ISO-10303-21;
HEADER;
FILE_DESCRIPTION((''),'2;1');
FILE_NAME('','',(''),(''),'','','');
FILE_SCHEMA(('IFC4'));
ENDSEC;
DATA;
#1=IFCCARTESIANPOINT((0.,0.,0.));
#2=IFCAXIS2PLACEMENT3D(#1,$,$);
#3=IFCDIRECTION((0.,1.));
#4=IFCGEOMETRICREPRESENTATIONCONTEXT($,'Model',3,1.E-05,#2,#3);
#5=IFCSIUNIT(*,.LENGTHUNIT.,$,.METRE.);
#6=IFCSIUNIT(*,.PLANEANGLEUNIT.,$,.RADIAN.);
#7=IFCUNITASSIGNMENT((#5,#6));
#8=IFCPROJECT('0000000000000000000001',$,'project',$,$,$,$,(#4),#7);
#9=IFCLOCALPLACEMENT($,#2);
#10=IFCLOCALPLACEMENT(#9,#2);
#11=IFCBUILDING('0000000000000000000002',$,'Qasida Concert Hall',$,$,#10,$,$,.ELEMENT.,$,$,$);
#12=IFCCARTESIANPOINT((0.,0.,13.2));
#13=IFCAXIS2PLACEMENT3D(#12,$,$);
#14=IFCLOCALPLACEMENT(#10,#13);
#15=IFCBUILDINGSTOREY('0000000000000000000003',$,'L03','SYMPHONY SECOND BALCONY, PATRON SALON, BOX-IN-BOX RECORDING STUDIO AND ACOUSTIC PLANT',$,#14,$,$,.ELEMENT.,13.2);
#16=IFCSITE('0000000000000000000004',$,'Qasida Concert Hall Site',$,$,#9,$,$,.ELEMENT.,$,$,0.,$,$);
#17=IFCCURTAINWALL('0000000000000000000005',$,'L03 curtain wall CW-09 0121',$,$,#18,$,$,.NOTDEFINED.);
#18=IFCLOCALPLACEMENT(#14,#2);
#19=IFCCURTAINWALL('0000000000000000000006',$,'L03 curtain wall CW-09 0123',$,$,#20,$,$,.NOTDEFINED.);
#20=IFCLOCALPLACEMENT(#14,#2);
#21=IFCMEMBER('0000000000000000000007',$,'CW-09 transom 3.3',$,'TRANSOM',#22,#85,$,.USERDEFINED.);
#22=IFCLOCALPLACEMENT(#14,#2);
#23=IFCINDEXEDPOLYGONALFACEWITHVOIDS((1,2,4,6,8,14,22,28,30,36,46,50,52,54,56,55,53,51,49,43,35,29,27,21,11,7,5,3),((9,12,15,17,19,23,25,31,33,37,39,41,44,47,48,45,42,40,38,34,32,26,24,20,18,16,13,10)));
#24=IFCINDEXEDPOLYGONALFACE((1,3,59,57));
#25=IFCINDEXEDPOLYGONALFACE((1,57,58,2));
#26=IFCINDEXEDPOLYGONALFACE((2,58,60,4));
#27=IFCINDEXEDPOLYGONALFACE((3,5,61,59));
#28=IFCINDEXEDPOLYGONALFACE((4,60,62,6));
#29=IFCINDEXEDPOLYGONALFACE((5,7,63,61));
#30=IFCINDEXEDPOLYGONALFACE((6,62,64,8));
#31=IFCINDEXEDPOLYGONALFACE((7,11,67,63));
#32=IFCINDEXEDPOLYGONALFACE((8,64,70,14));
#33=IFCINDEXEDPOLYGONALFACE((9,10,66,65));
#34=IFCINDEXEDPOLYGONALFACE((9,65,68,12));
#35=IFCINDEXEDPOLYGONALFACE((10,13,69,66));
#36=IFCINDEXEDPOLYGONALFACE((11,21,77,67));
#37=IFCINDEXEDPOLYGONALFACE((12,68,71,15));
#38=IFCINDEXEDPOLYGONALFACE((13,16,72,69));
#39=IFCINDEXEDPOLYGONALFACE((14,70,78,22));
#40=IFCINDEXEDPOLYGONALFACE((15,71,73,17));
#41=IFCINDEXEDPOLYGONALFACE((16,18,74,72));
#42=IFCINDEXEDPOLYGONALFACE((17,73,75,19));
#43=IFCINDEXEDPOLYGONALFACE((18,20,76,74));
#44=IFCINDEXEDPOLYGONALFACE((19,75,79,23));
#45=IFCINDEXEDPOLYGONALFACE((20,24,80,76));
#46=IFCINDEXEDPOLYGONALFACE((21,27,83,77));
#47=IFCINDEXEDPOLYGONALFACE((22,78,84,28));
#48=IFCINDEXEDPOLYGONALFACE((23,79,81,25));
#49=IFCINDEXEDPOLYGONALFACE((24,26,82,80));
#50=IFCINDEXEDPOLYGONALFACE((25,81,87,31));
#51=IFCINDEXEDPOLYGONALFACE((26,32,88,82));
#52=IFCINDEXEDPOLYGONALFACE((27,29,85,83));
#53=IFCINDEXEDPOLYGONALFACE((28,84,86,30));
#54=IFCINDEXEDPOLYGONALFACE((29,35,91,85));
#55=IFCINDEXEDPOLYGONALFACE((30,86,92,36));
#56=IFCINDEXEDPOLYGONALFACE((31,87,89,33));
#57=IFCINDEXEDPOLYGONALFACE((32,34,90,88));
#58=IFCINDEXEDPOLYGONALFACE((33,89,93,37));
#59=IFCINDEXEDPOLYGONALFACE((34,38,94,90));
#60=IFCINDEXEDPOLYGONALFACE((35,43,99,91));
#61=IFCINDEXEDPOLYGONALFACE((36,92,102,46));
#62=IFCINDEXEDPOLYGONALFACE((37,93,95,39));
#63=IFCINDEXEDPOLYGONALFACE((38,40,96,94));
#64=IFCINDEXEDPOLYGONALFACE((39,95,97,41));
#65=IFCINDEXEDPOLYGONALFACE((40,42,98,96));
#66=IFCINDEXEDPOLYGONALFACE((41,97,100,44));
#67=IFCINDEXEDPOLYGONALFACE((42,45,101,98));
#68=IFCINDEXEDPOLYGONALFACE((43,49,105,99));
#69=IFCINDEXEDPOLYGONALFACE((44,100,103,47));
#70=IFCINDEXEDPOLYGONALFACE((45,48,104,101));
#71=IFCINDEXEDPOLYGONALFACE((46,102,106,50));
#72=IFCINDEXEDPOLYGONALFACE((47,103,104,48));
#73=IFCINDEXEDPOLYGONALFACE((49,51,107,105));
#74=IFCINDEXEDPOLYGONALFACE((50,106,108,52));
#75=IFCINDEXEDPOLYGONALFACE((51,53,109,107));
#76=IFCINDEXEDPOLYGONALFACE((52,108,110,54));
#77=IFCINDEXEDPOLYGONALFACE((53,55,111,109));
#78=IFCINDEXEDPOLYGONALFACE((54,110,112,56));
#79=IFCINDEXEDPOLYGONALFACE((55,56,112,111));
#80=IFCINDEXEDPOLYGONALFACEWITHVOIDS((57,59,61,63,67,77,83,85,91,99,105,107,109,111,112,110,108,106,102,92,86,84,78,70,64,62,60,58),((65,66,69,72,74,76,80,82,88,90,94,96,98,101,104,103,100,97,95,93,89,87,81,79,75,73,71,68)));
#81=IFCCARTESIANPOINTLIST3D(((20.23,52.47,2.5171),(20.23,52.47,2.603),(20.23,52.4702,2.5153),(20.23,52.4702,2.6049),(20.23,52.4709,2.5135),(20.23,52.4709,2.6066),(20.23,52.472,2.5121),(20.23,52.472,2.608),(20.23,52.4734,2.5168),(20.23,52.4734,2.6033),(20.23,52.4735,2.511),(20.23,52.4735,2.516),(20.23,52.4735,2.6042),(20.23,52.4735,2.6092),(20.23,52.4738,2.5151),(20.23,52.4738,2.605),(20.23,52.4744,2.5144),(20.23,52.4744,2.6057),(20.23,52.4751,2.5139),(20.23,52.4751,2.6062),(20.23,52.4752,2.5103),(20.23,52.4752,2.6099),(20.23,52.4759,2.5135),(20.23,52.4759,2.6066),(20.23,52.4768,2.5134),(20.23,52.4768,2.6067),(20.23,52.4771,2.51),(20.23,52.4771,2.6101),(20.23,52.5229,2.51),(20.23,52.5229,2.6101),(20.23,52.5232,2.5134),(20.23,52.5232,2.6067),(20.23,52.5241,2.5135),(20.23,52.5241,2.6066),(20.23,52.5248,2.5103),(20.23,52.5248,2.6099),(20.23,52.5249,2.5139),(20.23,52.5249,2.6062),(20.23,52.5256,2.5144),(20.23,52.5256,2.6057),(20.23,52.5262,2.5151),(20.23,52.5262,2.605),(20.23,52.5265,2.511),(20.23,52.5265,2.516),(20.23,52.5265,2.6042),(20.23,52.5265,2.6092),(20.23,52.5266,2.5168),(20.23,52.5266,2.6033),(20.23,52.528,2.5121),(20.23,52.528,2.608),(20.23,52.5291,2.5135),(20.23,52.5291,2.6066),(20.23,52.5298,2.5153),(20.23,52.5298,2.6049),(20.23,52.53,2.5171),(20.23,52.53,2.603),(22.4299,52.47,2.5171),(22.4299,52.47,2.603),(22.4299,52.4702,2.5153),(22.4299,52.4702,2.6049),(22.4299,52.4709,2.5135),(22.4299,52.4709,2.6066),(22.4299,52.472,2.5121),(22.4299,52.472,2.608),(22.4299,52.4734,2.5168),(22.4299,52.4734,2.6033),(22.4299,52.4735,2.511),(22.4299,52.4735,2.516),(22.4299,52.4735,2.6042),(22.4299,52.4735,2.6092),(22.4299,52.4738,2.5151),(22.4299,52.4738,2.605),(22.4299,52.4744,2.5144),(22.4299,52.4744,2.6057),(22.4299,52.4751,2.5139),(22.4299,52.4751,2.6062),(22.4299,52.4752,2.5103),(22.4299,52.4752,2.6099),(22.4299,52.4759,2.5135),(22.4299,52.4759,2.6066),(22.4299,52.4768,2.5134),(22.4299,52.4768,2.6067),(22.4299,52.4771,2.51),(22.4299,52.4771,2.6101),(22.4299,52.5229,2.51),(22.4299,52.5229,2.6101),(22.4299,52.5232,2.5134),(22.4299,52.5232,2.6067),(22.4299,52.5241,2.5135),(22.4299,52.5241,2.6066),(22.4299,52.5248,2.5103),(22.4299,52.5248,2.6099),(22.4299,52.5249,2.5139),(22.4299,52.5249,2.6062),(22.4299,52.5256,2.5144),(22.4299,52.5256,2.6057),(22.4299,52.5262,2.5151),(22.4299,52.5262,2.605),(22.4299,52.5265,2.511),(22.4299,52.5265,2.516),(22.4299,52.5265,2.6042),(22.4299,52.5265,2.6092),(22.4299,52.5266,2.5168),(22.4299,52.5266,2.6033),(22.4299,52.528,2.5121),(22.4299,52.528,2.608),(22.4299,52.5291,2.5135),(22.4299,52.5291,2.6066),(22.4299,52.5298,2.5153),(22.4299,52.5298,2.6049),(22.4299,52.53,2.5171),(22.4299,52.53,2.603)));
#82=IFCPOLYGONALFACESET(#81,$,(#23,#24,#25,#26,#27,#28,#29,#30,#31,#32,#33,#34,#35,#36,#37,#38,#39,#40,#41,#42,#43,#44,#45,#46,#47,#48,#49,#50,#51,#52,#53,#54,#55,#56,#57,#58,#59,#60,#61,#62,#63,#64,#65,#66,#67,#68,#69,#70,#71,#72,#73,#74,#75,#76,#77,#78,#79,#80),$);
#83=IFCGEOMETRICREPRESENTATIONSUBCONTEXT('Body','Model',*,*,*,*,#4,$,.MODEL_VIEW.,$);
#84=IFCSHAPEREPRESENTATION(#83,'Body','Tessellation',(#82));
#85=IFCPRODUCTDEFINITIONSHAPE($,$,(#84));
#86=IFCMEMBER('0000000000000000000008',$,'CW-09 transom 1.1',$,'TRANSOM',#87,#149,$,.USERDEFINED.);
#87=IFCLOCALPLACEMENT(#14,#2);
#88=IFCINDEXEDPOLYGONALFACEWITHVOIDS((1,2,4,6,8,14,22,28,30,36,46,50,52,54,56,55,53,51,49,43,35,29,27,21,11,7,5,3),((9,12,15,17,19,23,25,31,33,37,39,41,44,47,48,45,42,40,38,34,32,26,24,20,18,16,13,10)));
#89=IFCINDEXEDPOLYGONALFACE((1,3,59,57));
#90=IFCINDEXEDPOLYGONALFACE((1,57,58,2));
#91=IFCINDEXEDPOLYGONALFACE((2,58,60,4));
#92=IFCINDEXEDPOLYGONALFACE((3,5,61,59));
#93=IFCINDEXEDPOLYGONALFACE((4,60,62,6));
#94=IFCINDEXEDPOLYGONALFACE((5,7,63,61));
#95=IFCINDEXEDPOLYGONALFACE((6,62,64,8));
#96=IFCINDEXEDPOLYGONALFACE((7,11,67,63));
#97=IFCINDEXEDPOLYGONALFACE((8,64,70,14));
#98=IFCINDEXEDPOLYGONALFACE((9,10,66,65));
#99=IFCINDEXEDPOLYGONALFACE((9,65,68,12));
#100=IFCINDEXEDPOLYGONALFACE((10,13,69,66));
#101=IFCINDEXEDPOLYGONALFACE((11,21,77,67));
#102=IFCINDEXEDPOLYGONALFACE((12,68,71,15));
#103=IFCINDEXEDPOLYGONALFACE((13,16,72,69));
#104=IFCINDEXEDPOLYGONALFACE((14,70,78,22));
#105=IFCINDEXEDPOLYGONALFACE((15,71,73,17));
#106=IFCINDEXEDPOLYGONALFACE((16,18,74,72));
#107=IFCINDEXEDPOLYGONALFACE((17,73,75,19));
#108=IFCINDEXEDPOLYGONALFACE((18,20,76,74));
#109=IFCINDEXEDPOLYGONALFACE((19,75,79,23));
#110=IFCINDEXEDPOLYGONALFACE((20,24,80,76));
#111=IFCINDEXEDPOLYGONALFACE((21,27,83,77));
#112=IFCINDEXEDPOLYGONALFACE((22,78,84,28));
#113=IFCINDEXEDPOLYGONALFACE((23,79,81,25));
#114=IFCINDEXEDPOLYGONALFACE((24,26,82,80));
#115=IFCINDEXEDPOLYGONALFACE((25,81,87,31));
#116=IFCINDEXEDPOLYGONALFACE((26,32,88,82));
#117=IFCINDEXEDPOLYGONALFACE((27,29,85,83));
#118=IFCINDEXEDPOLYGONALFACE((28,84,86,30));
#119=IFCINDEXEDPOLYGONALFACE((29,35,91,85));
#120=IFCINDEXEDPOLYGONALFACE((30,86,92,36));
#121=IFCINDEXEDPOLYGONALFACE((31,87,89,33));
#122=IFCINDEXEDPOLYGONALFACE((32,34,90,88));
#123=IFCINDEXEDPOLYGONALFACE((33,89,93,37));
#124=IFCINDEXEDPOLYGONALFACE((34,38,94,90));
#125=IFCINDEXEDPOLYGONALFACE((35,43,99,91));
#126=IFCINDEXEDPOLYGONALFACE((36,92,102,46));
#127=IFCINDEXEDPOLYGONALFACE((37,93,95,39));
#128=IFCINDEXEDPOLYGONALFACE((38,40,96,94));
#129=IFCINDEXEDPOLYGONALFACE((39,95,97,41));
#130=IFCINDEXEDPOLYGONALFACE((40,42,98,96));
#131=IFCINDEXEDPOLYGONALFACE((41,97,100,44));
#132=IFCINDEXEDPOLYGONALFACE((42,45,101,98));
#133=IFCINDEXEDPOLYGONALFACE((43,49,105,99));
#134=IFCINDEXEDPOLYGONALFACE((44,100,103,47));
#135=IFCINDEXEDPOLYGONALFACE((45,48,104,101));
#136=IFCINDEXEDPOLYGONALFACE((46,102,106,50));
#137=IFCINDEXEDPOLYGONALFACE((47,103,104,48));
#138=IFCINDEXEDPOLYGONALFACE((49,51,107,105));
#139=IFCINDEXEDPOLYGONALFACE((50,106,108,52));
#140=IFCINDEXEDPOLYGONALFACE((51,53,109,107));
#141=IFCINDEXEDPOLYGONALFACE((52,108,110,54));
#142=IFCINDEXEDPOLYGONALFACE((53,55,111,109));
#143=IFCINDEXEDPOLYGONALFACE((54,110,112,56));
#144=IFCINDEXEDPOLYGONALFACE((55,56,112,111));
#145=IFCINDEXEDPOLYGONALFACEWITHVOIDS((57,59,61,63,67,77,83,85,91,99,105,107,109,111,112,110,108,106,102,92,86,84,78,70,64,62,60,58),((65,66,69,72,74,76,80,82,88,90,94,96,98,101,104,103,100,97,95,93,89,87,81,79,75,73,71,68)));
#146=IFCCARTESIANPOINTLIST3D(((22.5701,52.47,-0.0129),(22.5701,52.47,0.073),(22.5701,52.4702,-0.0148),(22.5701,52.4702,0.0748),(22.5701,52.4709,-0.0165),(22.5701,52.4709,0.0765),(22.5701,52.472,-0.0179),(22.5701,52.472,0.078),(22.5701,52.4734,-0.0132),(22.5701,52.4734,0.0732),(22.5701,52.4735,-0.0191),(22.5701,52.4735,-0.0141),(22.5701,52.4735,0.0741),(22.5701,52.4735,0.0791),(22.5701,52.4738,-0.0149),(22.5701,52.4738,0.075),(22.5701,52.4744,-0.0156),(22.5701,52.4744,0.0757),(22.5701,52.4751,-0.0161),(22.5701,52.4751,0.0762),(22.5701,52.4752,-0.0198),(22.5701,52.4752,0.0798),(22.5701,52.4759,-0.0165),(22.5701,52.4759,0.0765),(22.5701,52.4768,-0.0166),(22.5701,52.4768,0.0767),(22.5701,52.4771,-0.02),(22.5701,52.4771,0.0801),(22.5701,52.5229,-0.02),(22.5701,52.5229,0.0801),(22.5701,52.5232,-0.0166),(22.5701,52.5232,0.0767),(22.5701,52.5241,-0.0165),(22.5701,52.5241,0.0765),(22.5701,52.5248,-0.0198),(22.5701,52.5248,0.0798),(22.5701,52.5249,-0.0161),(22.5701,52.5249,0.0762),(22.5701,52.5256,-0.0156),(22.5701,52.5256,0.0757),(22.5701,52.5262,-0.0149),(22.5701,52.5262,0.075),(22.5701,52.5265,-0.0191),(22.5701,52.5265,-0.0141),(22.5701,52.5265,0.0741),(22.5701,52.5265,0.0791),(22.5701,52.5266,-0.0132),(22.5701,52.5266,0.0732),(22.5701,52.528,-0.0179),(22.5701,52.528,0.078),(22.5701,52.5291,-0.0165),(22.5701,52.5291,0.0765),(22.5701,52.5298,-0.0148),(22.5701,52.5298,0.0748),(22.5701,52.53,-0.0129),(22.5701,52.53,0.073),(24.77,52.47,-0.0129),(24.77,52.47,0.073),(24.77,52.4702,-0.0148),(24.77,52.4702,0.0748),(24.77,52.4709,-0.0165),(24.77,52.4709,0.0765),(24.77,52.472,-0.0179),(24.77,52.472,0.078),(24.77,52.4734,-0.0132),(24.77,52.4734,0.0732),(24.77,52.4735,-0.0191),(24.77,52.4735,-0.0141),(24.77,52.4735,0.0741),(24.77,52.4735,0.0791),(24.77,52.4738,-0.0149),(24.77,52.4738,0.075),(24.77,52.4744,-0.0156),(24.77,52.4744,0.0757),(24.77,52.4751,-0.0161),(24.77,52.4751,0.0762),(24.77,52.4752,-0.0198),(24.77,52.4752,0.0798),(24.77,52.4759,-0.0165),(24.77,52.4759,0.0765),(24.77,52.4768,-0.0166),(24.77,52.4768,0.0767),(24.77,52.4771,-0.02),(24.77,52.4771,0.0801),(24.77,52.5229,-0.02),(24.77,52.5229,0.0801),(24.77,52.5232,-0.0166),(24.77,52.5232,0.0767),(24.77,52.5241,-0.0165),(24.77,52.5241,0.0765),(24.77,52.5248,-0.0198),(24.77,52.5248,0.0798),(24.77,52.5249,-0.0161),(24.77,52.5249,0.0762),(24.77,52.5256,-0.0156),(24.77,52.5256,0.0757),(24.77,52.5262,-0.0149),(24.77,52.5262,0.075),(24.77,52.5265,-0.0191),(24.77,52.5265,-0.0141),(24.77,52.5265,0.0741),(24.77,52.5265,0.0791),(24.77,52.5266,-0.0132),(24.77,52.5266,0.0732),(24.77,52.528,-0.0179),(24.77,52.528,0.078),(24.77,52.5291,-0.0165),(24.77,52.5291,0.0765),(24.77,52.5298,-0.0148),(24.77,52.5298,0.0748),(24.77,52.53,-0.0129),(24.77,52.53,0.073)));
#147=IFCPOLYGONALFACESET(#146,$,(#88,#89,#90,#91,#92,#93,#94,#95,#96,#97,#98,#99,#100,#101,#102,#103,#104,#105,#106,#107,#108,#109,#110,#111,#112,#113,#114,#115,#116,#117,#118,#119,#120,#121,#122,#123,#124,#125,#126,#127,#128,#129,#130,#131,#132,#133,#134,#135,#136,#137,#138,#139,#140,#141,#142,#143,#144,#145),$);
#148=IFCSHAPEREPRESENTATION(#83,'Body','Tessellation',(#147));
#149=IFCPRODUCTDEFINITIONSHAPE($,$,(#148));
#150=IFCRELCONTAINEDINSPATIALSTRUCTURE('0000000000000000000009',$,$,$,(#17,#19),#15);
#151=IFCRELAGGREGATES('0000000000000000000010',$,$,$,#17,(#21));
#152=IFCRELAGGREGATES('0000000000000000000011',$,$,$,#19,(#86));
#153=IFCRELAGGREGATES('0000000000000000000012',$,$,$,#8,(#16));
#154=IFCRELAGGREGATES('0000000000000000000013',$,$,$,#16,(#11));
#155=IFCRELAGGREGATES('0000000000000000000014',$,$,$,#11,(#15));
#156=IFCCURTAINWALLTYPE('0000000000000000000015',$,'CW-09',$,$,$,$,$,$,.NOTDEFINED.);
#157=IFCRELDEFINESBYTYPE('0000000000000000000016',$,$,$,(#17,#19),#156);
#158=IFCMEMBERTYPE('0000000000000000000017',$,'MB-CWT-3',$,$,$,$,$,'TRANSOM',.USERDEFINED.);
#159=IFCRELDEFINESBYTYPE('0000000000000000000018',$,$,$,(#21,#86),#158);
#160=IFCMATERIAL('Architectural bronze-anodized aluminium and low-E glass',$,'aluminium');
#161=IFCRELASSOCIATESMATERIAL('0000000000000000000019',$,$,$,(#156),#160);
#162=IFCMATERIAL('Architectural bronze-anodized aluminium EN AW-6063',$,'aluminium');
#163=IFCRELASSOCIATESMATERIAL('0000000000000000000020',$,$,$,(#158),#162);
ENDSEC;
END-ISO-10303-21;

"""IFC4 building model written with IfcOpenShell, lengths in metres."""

from ifc_helpers import new_model, si_unit, direction, frame, origin, origin_2d, place, context, subcontext, project, spatial, hollow_rectangle, extrude, material, material_profile, profile_set, type_object, element, aggregate, save


model = new_model("IFC4")

# Units and contexts
model_context = context("Model", 3, precision=1e-05, world=origin(), true_north=direction((0.0, 1.0)))
body_context = subcontext(model_context, "Body", "Model", "MODEL_VIEW")
ifc_project = project(units=[si_unit("LENGTHUNIT", "METRE"), si_unit("PLANEANGLEUNIT", "RADIAN")], contexts=[model_context])

# Site, building, storey
site_placement = place(None, origin())
site = spatial("IfcSite", under=ifc_project, at=site_placement, Name="Qasida Concert Hall Site", CompositionType="ELEMENT", RefElevation=0.0)
building_placement = place(site_placement, origin())
building = spatial("IfcBuilding", under=site, at=building_placement, Name="Qasida Concert Hall", CompositionType="ELEMENT")
storey_placement = place(building_placement, frame((0.0, 0.0, 13.2)))
storey = spatial("IfcBuildingStorey", under=building, at=storey_placement, Name="L03", Description="SYMPHONY SECOND BALCONY, PATRON SALON, BOX-IN-BOX RECORDING STUDIO AND ACOUSTIC PLANT", CompositionType="ELEMENT", Elevation=13.2)

# Curtain wall
ifc_material_1 = material(Name="Architectural bronze-anodized aluminium and low-E glass", Category="aluminium")
curtain_wall_type = type_object("IfcCurtainWallType", Name="CW-09", PredefinedType="NOTDEFINED", material=ifc_material_1)
curtain_wall_1_placement = place(storey_placement, origin())
curtain_wall_1 = element("IfcCurtainWall", 1, at=curtain_wall_1_placement, inside=storey, type_object=curtain_wall_type, Name="L03 curtain wall CW-09 0121", PredefinedType="NOTDEFINED")
ifc_material_2 = material(Name="Architectural bronze-anodized aluminium EN AW-6063", Category="aluminium")

# Curtain wall
curtain_wall_2_placement = place(storey_placement, origin())
curtain_wall_2 = element("IfcCurtainWall", 2, at=curtain_wall_2_placement, inside=storey, type_object=curtain_wall_type, Name="L03 curtain wall CW-09 0123", PredefinedType="NOTDEFINED")

# Members
ifc_material_profile_1 = material_profile(ifc_material_2, hollow_rectangle(XDim=0.0601, YDim=0.1001, WallThickness=0.0034, InnerFilletRadius=0.0034, OuterFilletRadius=0.0071, at=origin_2d()), Name="CWT 100x60x3.5")
ifc_profile_set_1 = profile_set([ifc_material_profile_1], Name="Architectural bronze-anodized aluminium EN AW-6063")
member_type_1 = type_object("IfcMemberType", Name="MB-CWT-3", ElementType="TRANSOM", PredefinedType="USERDEFINED", material=ifc_profile_set_1)
member_1_placement = place(storey_placement, frame((20.23, 52.5, 2.5601), z_axis=(1.0, 0.0, 0.0), x_axis=(0.0, 1.0, 0.0)))
member_1 = element("IfcMember", 3, at=member_1_placement, type_object=member_type_1, Name="CW-09 transom 3.3", ObjectType="TRANSOM", PredefinedType="USERDEFINED", context=body_context, shape_type="SweptSolid", body=[
    extrude(hollow_rectangle(XDim=0.0601, YDim=0.1001, WallThickness=0.0034, InnerFilletRadius=0.0034, OuterFilletRadius=0.0071, at=origin_2d()), origin(), (0.0, 0.0, 1.0), 2.2),
])
member_2_placement = place(storey_placement, frame((22.5701, 52.5, 0.03), z_axis=(1.0, 0.0, 0.0), x_axis=(0.0, 1.0, 0.0)))
member_2 = element("IfcMember", 4, at=member_2_placement, type_object=member_type_1, Name="CW-09 transom 1.1", ObjectType="TRANSOM", PredefinedType="USERDEFINED", context=body_context, shape_type="SweptSolid", body=[
    extrude(hollow_rectangle(XDim=0.0601, YDim=0.1001, WallThickness=0.0034, InnerFilletRadius=0.0034, OuterFilletRadius=0.0071, at=origin_2d()), origin(), (0.0, 0.0, 1.0), 2.2),
])

aggregate(curtain_wall_1, [member_1])
aggregate(curtain_wall_2, [member_2])

save(model, "model.ifc")
